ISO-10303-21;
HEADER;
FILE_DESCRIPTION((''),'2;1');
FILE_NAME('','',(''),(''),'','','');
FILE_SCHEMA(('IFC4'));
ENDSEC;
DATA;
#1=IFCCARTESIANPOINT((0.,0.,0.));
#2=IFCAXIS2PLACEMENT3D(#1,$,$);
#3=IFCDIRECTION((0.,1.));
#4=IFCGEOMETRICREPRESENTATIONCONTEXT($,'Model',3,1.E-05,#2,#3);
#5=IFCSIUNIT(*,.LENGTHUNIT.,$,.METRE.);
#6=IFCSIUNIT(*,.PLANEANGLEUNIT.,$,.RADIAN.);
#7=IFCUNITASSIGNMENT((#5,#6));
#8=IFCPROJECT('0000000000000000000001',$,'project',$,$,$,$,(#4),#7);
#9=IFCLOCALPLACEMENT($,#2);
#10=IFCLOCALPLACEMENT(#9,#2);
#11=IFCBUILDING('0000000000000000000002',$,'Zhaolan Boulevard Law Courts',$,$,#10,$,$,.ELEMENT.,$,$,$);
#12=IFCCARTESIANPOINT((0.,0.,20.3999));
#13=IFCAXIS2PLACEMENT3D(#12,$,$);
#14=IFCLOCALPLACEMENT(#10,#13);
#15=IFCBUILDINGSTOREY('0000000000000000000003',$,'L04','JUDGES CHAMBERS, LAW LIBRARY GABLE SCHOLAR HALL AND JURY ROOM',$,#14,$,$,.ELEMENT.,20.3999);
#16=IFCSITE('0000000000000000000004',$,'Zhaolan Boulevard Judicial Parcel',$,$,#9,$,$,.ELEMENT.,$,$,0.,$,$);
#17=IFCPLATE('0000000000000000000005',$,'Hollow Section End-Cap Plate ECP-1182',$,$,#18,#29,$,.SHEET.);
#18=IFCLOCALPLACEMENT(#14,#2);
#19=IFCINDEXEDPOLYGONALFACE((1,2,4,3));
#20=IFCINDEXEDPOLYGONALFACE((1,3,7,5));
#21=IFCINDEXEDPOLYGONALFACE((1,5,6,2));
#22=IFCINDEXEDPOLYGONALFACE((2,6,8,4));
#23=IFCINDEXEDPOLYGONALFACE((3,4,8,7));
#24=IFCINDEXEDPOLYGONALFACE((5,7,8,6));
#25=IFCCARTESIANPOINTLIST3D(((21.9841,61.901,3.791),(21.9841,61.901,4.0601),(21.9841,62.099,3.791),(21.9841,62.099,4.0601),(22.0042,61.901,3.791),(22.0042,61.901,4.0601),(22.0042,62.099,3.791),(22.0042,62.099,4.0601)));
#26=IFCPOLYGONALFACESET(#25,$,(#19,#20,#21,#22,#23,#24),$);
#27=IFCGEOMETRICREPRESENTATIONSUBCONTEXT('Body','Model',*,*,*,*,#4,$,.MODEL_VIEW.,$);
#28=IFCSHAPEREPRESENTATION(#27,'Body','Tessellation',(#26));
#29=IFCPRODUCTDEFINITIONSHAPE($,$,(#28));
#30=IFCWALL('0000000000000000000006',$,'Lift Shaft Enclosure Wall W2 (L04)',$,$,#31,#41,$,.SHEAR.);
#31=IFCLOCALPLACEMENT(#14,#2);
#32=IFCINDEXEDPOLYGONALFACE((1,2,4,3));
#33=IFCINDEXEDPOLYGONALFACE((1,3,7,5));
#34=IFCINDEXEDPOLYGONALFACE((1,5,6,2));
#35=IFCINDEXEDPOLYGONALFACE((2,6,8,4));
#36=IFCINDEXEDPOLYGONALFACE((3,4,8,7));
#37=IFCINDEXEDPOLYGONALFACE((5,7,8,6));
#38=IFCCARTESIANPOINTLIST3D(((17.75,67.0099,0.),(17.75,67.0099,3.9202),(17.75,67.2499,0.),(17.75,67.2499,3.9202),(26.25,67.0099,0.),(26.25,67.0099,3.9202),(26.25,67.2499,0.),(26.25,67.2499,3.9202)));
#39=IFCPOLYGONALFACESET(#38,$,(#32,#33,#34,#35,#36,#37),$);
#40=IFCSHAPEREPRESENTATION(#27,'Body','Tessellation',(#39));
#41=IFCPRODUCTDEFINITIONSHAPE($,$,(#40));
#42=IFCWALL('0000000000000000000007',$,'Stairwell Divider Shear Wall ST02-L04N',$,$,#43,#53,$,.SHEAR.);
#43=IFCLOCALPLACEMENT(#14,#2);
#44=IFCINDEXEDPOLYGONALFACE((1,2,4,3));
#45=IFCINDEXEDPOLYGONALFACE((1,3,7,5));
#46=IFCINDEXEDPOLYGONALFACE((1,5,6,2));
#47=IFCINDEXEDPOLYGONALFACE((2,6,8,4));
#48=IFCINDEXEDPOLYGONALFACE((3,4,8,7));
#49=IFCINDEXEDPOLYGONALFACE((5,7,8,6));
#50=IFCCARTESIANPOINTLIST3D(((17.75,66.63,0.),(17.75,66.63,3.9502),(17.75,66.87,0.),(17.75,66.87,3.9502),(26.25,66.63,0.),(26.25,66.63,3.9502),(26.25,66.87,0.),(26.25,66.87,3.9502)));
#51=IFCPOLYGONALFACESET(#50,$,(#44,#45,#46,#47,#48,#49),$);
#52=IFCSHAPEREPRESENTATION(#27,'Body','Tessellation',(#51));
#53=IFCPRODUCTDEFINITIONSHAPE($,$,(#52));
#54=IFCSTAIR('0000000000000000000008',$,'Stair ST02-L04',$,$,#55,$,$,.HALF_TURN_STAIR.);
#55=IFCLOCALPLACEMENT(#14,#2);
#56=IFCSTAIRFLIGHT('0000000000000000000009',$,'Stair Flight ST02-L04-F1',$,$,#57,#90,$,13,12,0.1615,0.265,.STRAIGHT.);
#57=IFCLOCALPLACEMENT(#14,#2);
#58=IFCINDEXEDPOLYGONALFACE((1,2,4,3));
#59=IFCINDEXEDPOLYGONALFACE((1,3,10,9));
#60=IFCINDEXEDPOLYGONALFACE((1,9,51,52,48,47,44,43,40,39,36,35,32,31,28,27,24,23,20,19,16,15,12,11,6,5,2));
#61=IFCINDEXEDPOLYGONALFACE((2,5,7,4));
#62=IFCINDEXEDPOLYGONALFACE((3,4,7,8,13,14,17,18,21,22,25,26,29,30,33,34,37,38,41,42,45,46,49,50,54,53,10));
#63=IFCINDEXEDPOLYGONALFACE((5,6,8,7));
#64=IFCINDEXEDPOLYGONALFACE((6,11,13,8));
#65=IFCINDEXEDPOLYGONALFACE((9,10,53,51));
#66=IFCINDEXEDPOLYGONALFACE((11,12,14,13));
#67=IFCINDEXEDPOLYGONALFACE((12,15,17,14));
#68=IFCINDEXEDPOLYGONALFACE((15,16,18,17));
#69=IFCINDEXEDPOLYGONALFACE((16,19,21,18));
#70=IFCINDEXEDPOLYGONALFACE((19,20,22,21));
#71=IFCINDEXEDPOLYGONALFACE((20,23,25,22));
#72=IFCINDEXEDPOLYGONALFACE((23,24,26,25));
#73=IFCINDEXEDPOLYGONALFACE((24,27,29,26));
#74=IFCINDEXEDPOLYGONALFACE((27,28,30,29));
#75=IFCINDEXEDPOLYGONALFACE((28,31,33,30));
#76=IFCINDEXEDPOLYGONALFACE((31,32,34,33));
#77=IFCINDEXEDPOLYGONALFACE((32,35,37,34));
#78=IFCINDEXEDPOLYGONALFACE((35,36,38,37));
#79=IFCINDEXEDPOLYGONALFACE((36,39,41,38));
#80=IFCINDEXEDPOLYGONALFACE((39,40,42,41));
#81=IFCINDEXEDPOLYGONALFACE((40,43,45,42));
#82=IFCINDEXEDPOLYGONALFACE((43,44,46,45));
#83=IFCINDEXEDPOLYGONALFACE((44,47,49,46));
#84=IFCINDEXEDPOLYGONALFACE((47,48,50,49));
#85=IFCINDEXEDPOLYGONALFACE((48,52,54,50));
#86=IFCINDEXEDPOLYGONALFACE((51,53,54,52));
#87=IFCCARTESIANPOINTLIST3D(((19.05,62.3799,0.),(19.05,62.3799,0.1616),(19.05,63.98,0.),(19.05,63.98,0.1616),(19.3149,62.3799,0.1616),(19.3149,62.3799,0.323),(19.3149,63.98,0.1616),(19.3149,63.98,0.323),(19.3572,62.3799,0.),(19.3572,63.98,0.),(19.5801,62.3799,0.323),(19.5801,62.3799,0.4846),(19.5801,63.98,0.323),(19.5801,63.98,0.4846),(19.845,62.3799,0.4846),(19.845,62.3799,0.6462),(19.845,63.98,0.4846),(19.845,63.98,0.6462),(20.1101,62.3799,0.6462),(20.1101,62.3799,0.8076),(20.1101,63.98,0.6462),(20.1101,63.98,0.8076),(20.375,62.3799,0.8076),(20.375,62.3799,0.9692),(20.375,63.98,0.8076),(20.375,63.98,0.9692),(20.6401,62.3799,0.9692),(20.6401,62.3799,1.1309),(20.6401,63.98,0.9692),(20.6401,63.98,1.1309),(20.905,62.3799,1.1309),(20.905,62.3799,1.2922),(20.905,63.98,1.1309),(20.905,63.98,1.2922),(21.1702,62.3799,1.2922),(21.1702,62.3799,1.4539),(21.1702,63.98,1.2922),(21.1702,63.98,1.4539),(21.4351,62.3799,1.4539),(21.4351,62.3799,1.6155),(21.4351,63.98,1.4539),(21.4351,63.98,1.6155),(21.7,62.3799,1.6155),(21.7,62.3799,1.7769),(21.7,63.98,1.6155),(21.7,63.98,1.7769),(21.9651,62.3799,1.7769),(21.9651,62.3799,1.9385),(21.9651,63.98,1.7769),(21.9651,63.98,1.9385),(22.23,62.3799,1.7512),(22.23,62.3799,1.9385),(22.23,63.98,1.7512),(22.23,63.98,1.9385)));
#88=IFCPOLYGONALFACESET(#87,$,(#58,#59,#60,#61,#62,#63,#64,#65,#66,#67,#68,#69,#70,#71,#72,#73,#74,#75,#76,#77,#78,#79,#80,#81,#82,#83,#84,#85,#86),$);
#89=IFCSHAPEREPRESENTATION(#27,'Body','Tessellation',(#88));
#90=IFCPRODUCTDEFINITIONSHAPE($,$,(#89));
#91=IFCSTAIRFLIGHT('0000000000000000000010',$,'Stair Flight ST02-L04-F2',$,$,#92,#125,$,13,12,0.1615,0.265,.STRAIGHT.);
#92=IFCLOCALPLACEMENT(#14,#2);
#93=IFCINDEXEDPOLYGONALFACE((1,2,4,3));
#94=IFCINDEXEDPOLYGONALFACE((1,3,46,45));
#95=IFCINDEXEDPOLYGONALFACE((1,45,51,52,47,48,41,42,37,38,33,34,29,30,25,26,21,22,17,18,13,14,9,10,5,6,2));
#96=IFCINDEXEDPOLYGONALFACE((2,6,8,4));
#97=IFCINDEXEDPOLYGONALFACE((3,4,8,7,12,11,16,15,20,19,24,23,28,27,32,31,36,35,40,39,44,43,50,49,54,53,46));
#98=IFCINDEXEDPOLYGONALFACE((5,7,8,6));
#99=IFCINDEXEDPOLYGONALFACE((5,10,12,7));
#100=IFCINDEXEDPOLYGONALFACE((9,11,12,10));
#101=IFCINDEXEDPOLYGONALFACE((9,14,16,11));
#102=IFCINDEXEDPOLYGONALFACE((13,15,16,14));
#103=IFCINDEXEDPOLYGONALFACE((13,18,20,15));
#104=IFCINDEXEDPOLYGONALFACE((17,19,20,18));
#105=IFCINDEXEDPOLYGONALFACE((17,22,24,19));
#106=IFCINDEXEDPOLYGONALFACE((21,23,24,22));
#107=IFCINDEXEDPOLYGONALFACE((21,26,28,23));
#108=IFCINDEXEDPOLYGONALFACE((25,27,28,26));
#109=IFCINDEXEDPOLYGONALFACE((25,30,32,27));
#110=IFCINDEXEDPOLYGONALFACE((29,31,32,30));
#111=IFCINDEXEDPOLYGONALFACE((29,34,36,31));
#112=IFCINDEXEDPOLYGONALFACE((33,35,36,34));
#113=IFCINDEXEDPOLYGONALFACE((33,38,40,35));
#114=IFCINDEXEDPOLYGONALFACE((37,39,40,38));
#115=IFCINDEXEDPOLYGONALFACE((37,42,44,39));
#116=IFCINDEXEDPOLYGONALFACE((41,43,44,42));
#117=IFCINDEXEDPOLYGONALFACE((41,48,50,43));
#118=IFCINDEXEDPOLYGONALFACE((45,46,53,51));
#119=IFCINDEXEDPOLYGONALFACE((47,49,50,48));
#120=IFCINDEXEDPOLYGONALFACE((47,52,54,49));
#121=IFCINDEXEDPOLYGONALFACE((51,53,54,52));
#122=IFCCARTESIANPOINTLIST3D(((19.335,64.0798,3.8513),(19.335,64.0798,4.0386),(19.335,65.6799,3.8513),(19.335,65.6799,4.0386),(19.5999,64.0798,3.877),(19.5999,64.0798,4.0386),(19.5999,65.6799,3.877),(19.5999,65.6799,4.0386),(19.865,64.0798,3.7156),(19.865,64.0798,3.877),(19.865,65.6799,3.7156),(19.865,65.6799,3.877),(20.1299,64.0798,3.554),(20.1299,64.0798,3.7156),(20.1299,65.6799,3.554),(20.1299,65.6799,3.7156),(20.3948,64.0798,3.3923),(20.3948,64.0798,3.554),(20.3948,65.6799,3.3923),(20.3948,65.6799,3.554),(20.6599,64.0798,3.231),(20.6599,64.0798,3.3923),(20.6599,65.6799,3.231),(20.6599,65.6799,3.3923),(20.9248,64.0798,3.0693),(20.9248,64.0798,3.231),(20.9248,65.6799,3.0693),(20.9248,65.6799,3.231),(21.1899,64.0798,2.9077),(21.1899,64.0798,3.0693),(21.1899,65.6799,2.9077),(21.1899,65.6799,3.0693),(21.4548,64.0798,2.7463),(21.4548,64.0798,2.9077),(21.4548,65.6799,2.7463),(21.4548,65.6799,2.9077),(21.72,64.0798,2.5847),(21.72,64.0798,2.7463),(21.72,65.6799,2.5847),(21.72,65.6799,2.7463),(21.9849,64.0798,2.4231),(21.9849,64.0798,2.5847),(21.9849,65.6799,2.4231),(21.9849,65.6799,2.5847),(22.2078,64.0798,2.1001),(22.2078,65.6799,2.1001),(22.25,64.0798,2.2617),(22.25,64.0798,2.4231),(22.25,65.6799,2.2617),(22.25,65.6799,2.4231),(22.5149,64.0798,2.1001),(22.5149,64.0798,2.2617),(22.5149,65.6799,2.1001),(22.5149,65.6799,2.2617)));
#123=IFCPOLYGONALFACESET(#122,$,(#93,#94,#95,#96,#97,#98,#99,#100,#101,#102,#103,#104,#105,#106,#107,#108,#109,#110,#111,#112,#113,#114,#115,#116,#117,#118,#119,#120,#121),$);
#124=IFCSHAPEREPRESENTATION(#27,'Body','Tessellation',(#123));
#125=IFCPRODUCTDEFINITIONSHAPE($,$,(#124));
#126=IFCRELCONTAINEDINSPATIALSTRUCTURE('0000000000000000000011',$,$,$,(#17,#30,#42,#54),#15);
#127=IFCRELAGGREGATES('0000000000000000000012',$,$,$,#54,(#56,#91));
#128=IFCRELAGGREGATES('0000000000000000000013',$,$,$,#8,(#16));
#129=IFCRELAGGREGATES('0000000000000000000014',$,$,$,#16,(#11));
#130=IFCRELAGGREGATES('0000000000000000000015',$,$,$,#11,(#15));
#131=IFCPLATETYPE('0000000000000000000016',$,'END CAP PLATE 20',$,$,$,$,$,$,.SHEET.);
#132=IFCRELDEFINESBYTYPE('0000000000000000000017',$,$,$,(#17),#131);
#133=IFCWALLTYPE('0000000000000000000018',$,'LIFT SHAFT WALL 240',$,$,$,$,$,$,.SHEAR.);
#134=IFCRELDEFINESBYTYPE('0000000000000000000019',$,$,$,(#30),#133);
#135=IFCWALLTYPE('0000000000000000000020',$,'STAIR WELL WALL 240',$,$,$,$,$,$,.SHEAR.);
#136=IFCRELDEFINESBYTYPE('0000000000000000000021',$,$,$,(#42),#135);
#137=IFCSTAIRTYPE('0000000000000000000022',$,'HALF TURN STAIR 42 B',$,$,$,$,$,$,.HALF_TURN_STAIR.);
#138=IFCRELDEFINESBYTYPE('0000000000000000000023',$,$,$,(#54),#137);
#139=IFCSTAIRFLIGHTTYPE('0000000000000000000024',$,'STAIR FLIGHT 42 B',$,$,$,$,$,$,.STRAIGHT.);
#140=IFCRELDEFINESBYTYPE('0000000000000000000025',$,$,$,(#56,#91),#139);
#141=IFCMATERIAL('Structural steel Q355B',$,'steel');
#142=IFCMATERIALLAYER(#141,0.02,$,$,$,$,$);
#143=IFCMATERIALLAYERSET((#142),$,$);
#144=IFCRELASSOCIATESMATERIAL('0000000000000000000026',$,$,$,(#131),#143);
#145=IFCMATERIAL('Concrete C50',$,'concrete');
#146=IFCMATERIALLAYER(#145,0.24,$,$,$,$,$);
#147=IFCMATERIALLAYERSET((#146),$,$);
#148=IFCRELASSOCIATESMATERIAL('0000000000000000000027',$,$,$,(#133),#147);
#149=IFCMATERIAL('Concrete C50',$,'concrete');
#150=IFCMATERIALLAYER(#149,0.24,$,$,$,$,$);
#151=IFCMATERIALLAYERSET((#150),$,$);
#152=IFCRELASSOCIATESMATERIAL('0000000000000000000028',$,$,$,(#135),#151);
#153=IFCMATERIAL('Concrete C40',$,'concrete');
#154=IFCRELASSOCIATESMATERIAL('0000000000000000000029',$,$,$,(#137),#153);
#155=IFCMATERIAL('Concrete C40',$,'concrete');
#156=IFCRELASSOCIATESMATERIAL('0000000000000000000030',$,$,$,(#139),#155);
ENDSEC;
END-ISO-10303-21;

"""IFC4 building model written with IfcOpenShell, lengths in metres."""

from ifc_helpers import new_model, si_unit, direction, frame, frame_2d, origin, origin_2d, place, context, subcontext, project, spatial, polyline, rectangle, outline, extrude, material, layer, layer_set, type_object, element, aggregate, save


model = new_model("IFC4")

# Units and contexts
model_context = context("Model", 3, precision=1e-05, world=origin(), true_north=direction((0.0, 1.0)))
body_context = subcontext(model_context, "Body", "Model", "MODEL_VIEW")
ifc_project = project(units=[si_unit("LENGTHUNIT", "METRE"), si_unit("PLANEANGLEUNIT", "RADIAN")], contexts=[model_context])

# Site, building, storey
site_placement = place(None, origin())
site = spatial("IfcSite", under=ifc_project, at=site_placement, Name="Zhaolan Boulevard Judicial Parcel", CompositionType="ELEMENT", RefElevation=0.0)
building_placement = place(site_placement, origin())
building = spatial("IfcBuilding", under=site, at=building_placement, Name="Zhaolan Boulevard Law Courts", CompositionType="ELEMENT")
storey_placement = place(building_placement, frame((0.0, 0.0, 20.3999)))
storey = spatial("IfcBuildingStorey", under=building, at=storey_placement, Name="L04", Description="JUDGES CHAMBERS, LAW LIBRARY GABLE SCHOLAR HALL AND JURY ROOM", CompositionType="ELEMENT", Elevation=20.3999)

# Plate
ifc_material_1 = material(Name="Structural steel Q355B", Category="steel")
ifc_layer_1 = layer(ifc_material_1, 0.02)
ifc_layer_set_1 = layer_set([ifc_layer_1])
plate_type_1 = type_object("IfcPlateType", Name="END CAP PLATE 20", PredefinedType="SHEET", material=ifc_layer_set_1)
for number, where, z_axis, x_axis, name in (
    (1, (21.9941, 62.0, 3.791), (0.0, 0.0, 1.0), (-1.0, 0.0, 0.0), "Hollow Section End-Cap Plate ECP-1182"),
):
    element("IfcPlate", number, at=place(storey_placement, frame(where, z_axis=z_axis, x_axis=x_axis)), inside=storey, type_object=plate_type_1, Name=name, PredefinedType="SHEET", context=body_context, shape_type="SweptSolid", body=[
        extrude(rectangle(XDim=0.02, YDim=0.198, at=origin_2d()), origin(), (0.0, 0.0, 1.0), 0.269),
    ])

# Walls
ifc_material_2 = material(Name="Concrete C50", Category="concrete")
ifc_layer_2 = layer(ifc_material_2, 0.24)
ifc_layer_set_2 = layer_set([ifc_layer_2])
wall_type_1 = type_object("IfcWallType", Name="LIFT SHAFT WALL 240", PredefinedType="SHEAR", material=ifc_layer_set_2)
wall_1_placement = place(storey_placement, frame((17.75, 67.1299, 0.0), z_axis=(0.0, 0.0, 1.0), x_axis=(1.0, 0.0, 0.0)))
element("IfcWall", 2, at=wall_1_placement, inside=storey, type_object=wall_type_1, Name="Lift Shaft Enclosure Wall W2 (L04)", PredefinedType="SHEAR", context=body_context, shape_type="SweptSolid", body=[
    extrude(rectangle(XDim=8.5, YDim=0.24, at=frame_2d((4.25, 0.0))), origin(), (0.0, 0.0, 1.0), 3.9202),
])
ifc_material_3 = material(Name="Concrete C50", Category="concrete")
ifc_layer_3 = layer(ifc_material_3, 0.24)
ifc_layer_set_3 = layer_set([ifc_layer_3])
wall_type_2 = type_object("IfcWallType", Name="STAIR WELL WALL 240", PredefinedType="SHEAR", material=ifc_layer_set_3)
wall_2_placement = place(storey_placement, frame((17.75, 66.75, 0.0), z_axis=(0.0, 0.0, 1.0), x_axis=(1.0, 0.0, 0.0)))
element("IfcWall", 3, at=wall_2_placement, inside=storey, type_object=wall_type_2, Name="Stairwell Divider Shear Wall ST02-L04N", PredefinedType="SHEAR", context=body_context, shape_type="SweptSolid", body=[
    extrude(rectangle(XDim=8.5, YDim=0.24, at=frame_2d((4.25, 0.0))), origin(), (0.0, 0.0, 1.0), 3.9502),
])

# Stair, stair flights
ifc_material_4 = material(Name="Concrete C40", Category="concrete")
stair_type = type_object("IfcStairType", Name="HALF TURN STAIR 42 B", PredefinedType="HALF_TURN_STAIR", material=ifc_material_4)
stair_placement = place(storey_placement, origin())
stair = element("IfcStair", 4, at=stair_placement, inside=storey, type_object=stair_type, Name="Stair ST02-L04", PredefinedType="HALF_TURN_STAIR")
ifc_material_5 = material(Name="Concrete C40", Category="concrete")
stair_flight_type = type_object("IfcStairFlightType", Name="STAIR FLIGHT 42 B", PredefinedType="STRAIGHT", material=ifc_material_5)
stair_flight_1_placement = place(storey_placement, frame((19.05, 63.1799, 0.0), z_axis=(0.0, 0.0, 1.0), x_axis=(1.0, 0.0, 0.0)))
stair_flight_1 = element("IfcStairFlight", 5, at=stair_flight_1_placement, type_object=stair_flight_type, Name="Stair Flight ST02-L04-F1", NumberOfRisers=13, NumberOfTreads=12, PredefinedType="STRAIGHT", RiserHeight=0.1615, TreadLength=0.265, context=body_context, shape_type="SweptSolid", body=[
    extrude(outline(polyline([(0.0, 0.0), (0.0, 0.1616), (0.2649, 0.1616), (0.2649, 0.323), (0.53, 0.323), (0.53, 0.4846), (0.7949, 0.4846), (0.7949, 0.6462), (1.0601, 0.6462), (1.0601, 0.8076), (1.325, 0.8076), (1.325, 0.9692), (1.5901, 0.9692), (1.5901, 1.1309), (1.855, 1.1309), (1.855, 1.2922), (2.1201, 1.2922), (2.1201, 1.4539), (2.385, 1.4539), (2.385, 1.6155), (2.6499, 1.6155), (2.6499, 1.7769), (2.915, 1.7769), (2.915, 1.9385), (3.1799, 1.9385), (3.1799, 2.1001), (3.1799, 1.7512), (0.3071, 0.0), (0.0, 0.0)])), frame((0.0, 0.8, 0.0), z_axis=(0.0, -1.0, 0.0), x_axis=(1.0, 0.0, 0.0)), (0.0, 0.0, 1.0), 1.6001),
])
stair_flight_2_placement = place(storey_placement, frame((22.5149, 64.8799, 2.1001), z_axis=(0.0, 0.0, 1.0), x_axis=(-1.0, 0.0, 0.0)))
stair_flight_2 = element("IfcStairFlight", 6, at=stair_flight_2_placement, type_object=stair_flight_type, Name="Stair Flight ST02-L04-F2", NumberOfRisers=13, NumberOfTreads=12, PredefinedType="STRAIGHT", RiserHeight=0.1615, TreadLength=0.265, context=body_context, shape_type="SweptSolid", body=[
    extrude(outline(polyline([(0.0, 0.0), (0.0, 0.1616), (0.2649, 0.1616), (0.2649, 0.323), (0.53, 0.323), (0.53, 0.4846), (0.7949, 0.4846), (0.7949, 0.6462), (1.0601, 0.6462), (1.0601, 0.8076), (1.325, 0.8076), (1.325, 0.9692), (1.5901, 0.9692), (1.5901, 1.1309), (1.855, 1.1309), (1.855, 1.2922), (2.1201, 1.2922), (2.1201, 1.4539), (2.385, 1.4539), (2.385, 1.6155), (2.6499, 1.6155), (2.6499, 1.7769), (2.915, 1.7769), (2.915, 1.9385), (3.1799, 1.9385), (3.1799, 2.1001), (3.1799, 1.7512), (0.3071, 0.0), (0.0, 0.0)])), frame((0.0, 0.8, 0.0), z_axis=(0.0, -1.0, 0.0), x_axis=(1.0, 0.0, 0.0)), (0.0, 0.0, 1.0), 1.6001),
])
aggregate(stair, [stair_flight_1, stair_flight_2])

save(model, "model.ifc")
